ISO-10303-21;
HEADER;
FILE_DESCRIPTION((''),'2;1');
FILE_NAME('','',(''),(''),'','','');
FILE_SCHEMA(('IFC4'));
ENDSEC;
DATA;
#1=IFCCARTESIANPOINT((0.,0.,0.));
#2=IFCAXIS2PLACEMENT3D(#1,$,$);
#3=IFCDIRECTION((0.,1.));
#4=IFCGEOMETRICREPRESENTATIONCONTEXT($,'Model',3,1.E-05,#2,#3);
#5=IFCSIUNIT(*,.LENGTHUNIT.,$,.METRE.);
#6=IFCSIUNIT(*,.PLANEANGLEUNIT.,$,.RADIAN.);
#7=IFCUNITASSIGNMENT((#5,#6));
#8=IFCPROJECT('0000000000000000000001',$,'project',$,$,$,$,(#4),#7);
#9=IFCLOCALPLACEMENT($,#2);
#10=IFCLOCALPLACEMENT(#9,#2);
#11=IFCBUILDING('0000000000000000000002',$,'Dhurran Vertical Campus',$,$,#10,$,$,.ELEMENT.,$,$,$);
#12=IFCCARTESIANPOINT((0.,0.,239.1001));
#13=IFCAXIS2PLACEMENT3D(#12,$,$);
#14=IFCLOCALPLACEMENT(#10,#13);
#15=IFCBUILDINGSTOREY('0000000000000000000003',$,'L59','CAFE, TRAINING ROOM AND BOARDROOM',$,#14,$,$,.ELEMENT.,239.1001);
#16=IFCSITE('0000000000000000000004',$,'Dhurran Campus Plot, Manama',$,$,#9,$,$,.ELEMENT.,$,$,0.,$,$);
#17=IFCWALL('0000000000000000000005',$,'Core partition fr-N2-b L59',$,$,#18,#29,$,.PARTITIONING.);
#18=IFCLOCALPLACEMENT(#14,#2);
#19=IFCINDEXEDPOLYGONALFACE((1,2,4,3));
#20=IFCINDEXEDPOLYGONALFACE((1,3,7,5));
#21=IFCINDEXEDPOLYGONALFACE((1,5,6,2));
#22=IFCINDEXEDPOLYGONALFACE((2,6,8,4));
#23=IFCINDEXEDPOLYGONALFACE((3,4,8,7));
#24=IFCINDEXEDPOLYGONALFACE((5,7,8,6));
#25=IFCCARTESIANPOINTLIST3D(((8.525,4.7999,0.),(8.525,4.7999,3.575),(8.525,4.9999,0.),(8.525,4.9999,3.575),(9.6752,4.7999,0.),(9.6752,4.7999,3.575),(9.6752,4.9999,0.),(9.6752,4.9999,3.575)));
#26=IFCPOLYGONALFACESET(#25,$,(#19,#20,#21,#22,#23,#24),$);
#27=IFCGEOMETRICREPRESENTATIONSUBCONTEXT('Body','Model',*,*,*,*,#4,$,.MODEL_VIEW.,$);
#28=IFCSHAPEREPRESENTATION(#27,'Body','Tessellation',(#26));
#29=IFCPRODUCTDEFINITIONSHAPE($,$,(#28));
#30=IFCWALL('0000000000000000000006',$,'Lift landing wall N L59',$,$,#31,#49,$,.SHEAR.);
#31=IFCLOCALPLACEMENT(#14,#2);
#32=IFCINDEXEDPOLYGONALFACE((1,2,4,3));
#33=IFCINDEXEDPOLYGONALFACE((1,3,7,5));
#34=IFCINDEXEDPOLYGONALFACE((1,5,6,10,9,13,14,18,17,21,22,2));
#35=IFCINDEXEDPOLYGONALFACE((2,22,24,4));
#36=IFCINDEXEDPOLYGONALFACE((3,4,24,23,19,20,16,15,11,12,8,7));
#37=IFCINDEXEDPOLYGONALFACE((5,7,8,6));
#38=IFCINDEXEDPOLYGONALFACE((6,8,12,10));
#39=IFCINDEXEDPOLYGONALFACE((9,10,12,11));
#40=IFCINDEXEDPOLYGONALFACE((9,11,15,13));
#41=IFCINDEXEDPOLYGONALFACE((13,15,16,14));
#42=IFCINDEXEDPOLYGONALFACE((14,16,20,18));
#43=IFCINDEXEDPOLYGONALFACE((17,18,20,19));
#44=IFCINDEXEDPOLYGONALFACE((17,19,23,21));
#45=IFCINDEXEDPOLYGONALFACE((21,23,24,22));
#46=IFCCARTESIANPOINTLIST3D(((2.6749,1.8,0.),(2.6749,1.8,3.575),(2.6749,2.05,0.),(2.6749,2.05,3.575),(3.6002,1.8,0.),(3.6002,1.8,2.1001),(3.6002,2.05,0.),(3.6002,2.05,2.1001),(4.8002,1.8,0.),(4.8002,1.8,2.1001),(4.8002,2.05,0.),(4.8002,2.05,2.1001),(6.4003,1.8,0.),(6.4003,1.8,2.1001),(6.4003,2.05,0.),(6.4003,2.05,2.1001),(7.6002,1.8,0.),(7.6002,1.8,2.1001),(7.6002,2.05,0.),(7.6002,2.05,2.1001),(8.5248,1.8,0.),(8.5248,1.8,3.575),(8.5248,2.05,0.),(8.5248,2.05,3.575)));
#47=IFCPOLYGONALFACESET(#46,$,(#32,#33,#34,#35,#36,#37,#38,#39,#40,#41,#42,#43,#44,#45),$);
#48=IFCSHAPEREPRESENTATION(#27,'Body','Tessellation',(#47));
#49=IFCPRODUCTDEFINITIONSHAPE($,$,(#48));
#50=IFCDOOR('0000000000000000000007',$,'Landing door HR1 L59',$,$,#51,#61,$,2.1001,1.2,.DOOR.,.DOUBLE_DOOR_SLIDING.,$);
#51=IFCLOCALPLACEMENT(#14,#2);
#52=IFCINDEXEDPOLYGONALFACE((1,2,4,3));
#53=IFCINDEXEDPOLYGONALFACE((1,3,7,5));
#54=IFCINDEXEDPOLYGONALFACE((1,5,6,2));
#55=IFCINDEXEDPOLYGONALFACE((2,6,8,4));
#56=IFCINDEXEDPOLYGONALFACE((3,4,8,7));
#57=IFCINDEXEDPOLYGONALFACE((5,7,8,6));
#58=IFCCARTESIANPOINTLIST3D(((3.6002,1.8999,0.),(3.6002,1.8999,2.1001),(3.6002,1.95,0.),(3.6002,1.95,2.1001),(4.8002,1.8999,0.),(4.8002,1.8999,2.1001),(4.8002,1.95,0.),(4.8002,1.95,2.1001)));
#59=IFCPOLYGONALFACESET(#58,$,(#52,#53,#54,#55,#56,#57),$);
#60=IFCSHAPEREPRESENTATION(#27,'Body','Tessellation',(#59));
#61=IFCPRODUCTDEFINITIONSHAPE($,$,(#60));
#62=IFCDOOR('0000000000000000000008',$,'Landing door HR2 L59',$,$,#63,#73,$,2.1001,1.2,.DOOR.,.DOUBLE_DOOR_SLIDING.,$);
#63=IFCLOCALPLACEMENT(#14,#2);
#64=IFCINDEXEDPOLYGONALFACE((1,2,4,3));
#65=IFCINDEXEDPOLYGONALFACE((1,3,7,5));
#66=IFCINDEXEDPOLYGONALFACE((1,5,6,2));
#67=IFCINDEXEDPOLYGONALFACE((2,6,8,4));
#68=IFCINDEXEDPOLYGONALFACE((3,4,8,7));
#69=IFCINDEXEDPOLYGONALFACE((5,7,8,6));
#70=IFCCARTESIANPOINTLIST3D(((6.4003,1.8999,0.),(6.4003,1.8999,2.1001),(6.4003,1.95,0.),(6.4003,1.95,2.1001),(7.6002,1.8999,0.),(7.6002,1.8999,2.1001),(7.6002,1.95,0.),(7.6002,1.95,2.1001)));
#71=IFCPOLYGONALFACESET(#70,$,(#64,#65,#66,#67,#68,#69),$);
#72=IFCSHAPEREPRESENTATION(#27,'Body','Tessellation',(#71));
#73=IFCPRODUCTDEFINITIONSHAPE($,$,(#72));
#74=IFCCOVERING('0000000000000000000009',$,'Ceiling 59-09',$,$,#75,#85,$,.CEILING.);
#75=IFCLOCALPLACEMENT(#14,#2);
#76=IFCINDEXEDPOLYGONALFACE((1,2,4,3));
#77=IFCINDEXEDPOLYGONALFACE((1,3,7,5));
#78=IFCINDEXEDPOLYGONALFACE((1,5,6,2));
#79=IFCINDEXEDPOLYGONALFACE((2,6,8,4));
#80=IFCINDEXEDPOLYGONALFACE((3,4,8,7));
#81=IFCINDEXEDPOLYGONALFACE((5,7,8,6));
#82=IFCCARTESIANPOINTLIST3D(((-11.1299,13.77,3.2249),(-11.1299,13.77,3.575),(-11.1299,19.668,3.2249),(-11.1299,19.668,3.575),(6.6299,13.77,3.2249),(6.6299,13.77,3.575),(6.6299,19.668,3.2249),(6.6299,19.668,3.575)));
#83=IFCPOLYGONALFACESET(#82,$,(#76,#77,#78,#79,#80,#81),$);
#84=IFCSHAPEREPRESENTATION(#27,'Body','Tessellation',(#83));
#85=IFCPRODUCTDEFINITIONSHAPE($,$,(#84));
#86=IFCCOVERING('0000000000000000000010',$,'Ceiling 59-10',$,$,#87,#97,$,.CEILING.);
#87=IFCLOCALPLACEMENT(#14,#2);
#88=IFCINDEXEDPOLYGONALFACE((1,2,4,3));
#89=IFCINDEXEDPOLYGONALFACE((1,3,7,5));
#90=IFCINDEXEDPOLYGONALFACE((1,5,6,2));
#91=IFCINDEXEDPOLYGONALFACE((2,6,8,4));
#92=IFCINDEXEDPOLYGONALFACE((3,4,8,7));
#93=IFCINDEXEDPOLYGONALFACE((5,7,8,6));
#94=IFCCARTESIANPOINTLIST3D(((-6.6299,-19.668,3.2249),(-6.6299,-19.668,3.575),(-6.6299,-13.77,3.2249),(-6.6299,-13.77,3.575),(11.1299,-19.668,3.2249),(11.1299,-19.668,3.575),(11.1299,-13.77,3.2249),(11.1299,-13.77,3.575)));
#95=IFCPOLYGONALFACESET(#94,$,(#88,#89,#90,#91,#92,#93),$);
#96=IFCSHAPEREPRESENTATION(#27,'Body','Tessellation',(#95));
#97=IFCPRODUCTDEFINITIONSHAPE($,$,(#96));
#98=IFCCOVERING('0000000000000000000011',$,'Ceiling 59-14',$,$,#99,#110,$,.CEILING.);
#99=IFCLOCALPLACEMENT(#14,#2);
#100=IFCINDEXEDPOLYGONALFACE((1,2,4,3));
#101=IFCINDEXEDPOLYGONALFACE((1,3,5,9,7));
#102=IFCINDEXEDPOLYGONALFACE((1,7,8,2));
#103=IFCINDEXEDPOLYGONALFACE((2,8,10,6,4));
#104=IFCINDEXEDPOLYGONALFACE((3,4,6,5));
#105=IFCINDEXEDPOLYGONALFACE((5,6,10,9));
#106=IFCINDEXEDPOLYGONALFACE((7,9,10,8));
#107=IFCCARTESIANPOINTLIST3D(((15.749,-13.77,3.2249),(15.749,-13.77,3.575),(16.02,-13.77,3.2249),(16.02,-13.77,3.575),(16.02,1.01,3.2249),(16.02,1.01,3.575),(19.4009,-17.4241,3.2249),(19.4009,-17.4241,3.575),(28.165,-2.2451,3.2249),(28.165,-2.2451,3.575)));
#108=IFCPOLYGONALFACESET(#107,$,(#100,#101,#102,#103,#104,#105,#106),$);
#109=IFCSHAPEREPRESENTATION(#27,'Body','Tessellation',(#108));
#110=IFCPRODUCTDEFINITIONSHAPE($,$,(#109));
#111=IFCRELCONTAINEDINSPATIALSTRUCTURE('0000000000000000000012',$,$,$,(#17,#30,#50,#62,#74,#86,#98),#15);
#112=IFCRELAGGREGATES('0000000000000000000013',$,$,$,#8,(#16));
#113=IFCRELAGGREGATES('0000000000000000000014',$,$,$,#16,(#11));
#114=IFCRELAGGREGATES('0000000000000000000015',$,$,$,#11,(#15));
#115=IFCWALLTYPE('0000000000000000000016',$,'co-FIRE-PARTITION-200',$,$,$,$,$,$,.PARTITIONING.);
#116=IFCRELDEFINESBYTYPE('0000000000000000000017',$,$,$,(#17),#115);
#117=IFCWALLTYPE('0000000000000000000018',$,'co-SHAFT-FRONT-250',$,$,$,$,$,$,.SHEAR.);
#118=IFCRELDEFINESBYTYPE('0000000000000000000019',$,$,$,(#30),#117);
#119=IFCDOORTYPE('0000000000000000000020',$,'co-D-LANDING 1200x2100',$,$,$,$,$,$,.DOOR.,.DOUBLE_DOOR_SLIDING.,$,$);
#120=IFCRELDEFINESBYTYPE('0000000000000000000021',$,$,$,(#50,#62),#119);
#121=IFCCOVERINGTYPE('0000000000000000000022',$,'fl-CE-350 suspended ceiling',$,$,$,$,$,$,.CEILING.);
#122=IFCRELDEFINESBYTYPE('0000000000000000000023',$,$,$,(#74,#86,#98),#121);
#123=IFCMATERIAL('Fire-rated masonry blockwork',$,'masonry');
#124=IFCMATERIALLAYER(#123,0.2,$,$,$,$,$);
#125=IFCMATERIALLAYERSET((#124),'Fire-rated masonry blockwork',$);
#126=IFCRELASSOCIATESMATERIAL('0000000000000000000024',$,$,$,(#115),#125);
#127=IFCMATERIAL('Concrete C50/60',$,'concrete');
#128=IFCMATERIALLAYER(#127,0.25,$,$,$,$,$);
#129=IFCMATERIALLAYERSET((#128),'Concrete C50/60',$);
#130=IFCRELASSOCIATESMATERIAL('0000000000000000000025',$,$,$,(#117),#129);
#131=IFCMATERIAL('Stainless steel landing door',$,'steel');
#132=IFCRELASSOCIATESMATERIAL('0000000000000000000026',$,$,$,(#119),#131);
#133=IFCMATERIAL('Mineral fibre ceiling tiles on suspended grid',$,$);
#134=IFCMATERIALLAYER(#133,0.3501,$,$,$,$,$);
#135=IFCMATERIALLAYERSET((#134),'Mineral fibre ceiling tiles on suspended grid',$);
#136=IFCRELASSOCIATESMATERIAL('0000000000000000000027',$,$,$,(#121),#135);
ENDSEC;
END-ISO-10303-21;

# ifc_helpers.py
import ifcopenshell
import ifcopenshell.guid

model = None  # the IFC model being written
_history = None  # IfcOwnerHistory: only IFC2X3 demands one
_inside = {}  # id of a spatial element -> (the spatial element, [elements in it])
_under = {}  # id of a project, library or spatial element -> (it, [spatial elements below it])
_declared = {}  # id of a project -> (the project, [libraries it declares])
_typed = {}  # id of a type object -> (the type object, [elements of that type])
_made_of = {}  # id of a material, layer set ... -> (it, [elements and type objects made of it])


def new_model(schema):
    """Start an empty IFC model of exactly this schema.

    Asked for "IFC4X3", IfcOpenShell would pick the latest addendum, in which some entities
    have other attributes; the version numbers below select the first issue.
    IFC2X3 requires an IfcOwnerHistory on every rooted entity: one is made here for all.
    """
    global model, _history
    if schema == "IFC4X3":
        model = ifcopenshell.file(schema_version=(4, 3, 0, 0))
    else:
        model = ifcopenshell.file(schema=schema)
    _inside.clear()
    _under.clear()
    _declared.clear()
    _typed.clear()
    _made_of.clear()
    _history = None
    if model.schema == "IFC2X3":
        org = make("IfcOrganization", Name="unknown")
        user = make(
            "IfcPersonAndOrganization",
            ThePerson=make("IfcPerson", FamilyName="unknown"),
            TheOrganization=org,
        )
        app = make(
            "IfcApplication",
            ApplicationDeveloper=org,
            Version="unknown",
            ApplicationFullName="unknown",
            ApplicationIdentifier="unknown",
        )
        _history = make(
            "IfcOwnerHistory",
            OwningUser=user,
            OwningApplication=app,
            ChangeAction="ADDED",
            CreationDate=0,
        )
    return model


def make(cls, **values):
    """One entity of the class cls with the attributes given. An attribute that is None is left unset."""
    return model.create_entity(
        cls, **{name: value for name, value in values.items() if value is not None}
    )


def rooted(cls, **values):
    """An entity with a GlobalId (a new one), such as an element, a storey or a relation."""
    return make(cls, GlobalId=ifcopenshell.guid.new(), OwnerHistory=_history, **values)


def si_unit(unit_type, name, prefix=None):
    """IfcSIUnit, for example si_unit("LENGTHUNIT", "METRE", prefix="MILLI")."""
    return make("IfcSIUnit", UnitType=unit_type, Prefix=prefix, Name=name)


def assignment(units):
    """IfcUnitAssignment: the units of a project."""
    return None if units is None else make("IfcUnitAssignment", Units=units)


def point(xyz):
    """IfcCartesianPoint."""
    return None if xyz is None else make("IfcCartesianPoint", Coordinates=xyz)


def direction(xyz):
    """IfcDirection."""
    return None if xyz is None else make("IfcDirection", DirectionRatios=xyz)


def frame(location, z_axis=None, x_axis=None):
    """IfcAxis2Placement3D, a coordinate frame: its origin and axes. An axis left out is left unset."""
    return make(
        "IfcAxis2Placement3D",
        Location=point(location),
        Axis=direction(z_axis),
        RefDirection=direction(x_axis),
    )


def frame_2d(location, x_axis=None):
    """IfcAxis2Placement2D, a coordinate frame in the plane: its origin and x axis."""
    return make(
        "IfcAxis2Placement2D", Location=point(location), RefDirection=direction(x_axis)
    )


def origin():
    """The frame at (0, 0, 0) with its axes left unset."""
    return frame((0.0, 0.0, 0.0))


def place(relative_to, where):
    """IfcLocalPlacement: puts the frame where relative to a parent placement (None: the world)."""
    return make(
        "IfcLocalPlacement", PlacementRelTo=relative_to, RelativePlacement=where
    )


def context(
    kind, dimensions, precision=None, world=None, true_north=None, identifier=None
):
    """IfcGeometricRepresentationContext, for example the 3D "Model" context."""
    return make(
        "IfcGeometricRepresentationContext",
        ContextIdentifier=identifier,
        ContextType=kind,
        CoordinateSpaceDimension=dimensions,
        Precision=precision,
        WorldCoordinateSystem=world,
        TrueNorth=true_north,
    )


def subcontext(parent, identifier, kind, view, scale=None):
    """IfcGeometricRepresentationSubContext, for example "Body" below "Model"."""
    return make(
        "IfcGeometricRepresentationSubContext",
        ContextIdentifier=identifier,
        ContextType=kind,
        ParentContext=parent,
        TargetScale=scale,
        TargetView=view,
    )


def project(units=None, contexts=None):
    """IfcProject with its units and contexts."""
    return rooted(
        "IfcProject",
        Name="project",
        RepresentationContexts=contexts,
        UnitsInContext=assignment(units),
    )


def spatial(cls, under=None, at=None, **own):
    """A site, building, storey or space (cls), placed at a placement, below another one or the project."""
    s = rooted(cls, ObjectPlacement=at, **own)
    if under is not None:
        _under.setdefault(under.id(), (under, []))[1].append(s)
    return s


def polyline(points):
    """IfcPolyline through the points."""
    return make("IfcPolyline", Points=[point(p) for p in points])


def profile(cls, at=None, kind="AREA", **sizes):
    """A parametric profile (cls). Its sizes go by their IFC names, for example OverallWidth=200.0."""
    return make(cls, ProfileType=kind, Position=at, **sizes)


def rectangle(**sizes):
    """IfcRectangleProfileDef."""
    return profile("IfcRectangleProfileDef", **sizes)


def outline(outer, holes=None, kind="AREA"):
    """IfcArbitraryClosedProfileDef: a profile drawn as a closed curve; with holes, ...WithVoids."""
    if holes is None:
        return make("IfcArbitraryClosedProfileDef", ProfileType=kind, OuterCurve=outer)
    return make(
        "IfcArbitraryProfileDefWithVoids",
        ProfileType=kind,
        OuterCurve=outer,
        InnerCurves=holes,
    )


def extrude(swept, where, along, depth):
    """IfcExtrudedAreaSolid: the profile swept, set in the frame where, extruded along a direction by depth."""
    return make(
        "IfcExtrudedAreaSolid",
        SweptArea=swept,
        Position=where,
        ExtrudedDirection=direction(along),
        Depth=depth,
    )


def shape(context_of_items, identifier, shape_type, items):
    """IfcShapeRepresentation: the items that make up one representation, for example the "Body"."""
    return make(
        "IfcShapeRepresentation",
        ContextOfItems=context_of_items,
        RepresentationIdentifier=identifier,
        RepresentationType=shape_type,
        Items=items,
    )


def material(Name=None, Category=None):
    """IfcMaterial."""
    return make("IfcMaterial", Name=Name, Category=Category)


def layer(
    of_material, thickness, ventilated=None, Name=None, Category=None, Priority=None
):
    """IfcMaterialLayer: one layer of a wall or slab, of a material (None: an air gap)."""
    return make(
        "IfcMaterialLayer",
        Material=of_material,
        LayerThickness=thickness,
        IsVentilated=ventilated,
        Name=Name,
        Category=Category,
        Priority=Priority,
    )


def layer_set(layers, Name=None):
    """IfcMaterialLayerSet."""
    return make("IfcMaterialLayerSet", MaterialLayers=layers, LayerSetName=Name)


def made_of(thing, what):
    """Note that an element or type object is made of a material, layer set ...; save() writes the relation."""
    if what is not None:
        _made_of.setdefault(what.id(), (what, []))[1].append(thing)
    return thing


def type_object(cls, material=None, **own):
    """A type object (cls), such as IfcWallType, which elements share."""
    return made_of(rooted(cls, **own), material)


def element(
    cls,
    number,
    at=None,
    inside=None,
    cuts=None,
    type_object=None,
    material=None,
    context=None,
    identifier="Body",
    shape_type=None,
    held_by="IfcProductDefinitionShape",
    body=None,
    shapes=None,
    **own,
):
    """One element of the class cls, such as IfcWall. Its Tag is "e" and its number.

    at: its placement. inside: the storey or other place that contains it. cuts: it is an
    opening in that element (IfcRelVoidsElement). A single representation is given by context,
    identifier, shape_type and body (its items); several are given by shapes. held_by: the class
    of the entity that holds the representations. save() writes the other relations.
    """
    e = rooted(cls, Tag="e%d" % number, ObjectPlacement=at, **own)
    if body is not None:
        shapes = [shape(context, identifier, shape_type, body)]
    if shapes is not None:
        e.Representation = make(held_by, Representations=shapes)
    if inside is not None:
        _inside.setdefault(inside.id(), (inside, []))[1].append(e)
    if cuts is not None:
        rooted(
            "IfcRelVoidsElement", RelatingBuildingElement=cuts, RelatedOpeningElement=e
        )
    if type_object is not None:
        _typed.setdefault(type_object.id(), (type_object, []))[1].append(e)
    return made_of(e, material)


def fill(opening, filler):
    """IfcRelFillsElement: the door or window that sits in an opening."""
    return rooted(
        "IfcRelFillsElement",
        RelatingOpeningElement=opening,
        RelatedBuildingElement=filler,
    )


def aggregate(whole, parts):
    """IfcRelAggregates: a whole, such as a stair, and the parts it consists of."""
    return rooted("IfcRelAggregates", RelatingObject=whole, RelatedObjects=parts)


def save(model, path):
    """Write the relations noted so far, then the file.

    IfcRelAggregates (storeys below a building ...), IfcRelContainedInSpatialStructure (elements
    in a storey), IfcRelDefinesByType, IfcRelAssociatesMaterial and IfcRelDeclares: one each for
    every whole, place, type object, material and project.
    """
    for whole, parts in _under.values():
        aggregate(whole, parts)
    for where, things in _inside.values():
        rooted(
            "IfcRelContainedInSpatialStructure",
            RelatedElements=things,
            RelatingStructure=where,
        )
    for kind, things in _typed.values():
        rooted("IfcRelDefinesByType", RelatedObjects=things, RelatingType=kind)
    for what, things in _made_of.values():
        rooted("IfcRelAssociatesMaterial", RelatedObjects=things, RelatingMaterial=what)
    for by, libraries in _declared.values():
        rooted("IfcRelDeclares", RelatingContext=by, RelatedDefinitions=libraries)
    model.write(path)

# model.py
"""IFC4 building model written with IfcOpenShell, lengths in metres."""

from ifc_helpers import new_model, si_unit, direction, frame, frame_2d, origin, place, context, subcontext, project, spatial, polyline, rectangle, outline, extrude, material, layer, layer_set, type_object, element, fill, save


model = new_model("IFC4")

# Units and contexts
model_context = context("Model", 3, precision=1e-05, world=origin(), true_north=direction((0.0, 1.0)))
body_context = subcontext(model_context, "Body", "Model", "MODEL_VIEW")
ifc_project = project(units=[si_unit("LENGTHUNIT", "METRE"), si_unit("PLANEANGLEUNIT", "RADIAN")], contexts=[model_context])

# Site, building, storey
site_placement = place(None, origin())
site = spatial("IfcSite", under=ifc_project, at=site_placement, Name="Dhurran Campus Plot, Manama", CompositionType="ELEMENT", RefElevation=0.0)
building_placement = place(site_placement, origin())
building = spatial("IfcBuilding", under=site, at=building_placement, Name="Dhurran Vertical Campus", CompositionType="ELEMENT")
storey_placement = place(building_placement, frame((0.0, 0.0, 239.1001)))
storey = spatial("IfcBuildingStorey", under=building, at=storey_placement, Name="L59", Description="CAFE, TRAINING ROOM AND BOARDROOM", CompositionType="ELEMENT", Elevation=239.1001)

# Shared definitions
ifc_material_1 = material(Name="Fire-rated masonry blockwork", Category="masonry")
ifc_layer_1 = layer(ifc_material_1, 0.2)
ifc_layer_set_1 = layer_set([ifc_layer_1], Name="Fire-rated masonry blockwork")
wall_type_1 = type_object("IfcWallType", Name="co-FIRE-PARTITION-200", PredefinedType="PARTITIONING", material=ifc_layer_set_1)

# Wall
wall_1_placement = place(storey_placement, frame((8.5249, 4.8999, 0.0), z_axis=(0.0, 0.0, 1.0), x_axis=(1.0, 0.0, 0.0)))
element("IfcWall", 1, at=wall_1_placement, inside=storey, type_object=wall_type_1, Name="Core partition fr-N2-b L59", PredefinedType="PARTITIONING", context=body_context, shape_type="SweptSolid", body=[
    extrude(rectangle(XDim=1.1501, YDim=0.2, at=frame_2d((0.5752, 0.0))), origin(), (0.0, 0.0, 1.0), 3.575),
])

# Wall, openings, doors
ifc_material_2 = material(Name="Concrete C50/60", Category="concrete")
ifc_layer_2 = layer(ifc_material_2, 0.25)
ifc_layer_set_2 = layer_set([ifc_layer_2], Name="Concrete C50/60")
wall_type_2 = type_object("IfcWallType", Name="co-SHAFT-FRONT-250", PredefinedType="SHEAR", material=ifc_layer_set_2)
wall_2_placement = place(storey_placement, frame((2.675, 1.925, 0.0), z_axis=(0.0, 0.0, 1.0), x_axis=(1.0, 0.0, 0.0)))
wall_2 = element("IfcWall", 2, at=wall_2_placement, inside=storey, type_object=wall_type_2, Name="Lift landing wall N L59", PredefinedType="SHEAR", context=body_context, shape_type="SweptSolid", body=[
    extrude(rectangle(XDim=5.8499, YDim=0.25, at=frame_2d((2.9248, 0.0))), origin(), (0.0, 0.0, 1.0), 3.575),
])
opening_1_placement = place(wall_2_placement, frame((0.925, 0.0, 0.0)))
opening_1 = element("IfcOpeningElement", 3, at=opening_1_placement, cuts=wall_2, PredefinedType="OPENING", context=body_context, shape_type="SweptSolid", body=[
    extrude(rectangle(XDim=1.2, YDim=2.1001, at=frame_2d((0.6001, 1.05))), frame((0.0, 0.135, 0.0), z_axis=(0.0, -1.0, 0.0), x_axis=(1.0, 0.0, 0.0)), (0.0, 0.0, 1.0), 0.27),
])
opening_2_placement = place(wall_2_placement, frame((3.7251, 0.0, 0.0)))
opening_2 = element("IfcOpeningElement", 4, at=opening_2_placement, cuts=wall_2, PredefinedType="OPENING", context=body_context, shape_type="SweptSolid", body=[
    extrude(rectangle(XDim=1.2, YDim=2.1001, at=frame_2d((0.6001, 1.05))), frame((0.0, 0.135, 0.0), z_axis=(0.0, -1.0, 0.0), x_axis=(1.0, 0.0, 0.0)), (0.0, 0.0, 1.0), 0.27),
])
ifc_material_3 = material(Name="Stainless steel landing door", Category="steel")
door_type_1 = type_object("IfcDoorType", Name="co-D-LANDING 1200x2100", OperationType="DOUBLE_DOOR_SLIDING", PredefinedType="DOOR", material=ifc_material_3)
door_1_placement = place(opening_1_placement, origin())
door_1 = element("IfcDoor", 5, at=door_1_placement, inside=storey, type_object=door_type_1, Name="Landing door HR1 L59", OperationType="DOUBLE_DOOR_SLIDING", OverallHeight=2.1001, OverallWidth=1.2, PredefinedType="DOOR", context=body_context, shape_type="SweptSolid", body=[
    extrude(rectangle(XDim=1.2, YDim=2.1001, at=frame_2d((0.6001, 1.05))), frame((0.0, 0.0249, 0.0), z_axis=(0.0, -1.0, 0.0), x_axis=(1.0, 0.0, 0.0)), (0.0, 0.0, 1.0), 0.05),
])
fill(opening_1, door_1)
door_2_placement = place(opening_2_placement, origin())
door_2 = element("IfcDoor", 6, at=door_2_placement, inside=storey, type_object=door_type_1, Name="Landing door HR2 L59", OperationType="DOUBLE_DOOR_SLIDING", OverallHeight=2.1001, OverallWidth=1.2, PredefinedType="DOOR", context=body_context, shape_type="SweptSolid", body=[
    extrude(rectangle(XDim=1.2, YDim=2.1001, at=frame_2d((0.6001, 1.05))), frame((0.0, 0.0249, 0.0), z_axis=(0.0, -1.0, 0.0), x_axis=(1.0, 0.0, 0.0)), (0.0, 0.0, 1.0), 0.05),
])
fill(opening_2, door_2)

# Coverings
ifc_material_4 = material(Name="Mineral fibre ceiling tiles on suspended grid")
ifc_layer_3 = layer(ifc_material_4, 0.3501)
ifc_layer_set_3 = layer_set([ifc_layer_3], Name="Mineral fibre ceiling tiles on suspended grid")
covering_type = type_object("IfcCoveringType", Name="fl-CE-350 suspended ceiling", PredefinedType="CEILING", material=ifc_layer_set_3)
covering_1_placement = place(storey_placement, frame((0.0, 0.0, 3.2249)))
element("IfcCovering", 7, at=covering_1_placement, inside=storey, type_object=covering_type, Name="Ceiling 59-09", PredefinedType="CEILING", context=body_context, shape_type="SweptSolid", body=[
    extrude(outline(polyline([(-11.1299, 19.668), (6.6299, 19.668), (6.6299, 13.77), (-11.1299, 13.77), (-11.1299, 19.668)])), origin(), (0.0, 0.0, 1.0), 0.3501),
])
covering_2_placement = place(storey_placement, frame((0.0, 0.0, 3.2249)))
element("IfcCovering", 8, at=covering_2_placement, inside=storey, type_object=covering_type, Name="Ceiling 59-10", PredefinedType="CEILING", context=body_context, shape_type="SweptSolid", body=[
    extrude(outline(polyline([(11.1299, -19.668), (-6.6299, -19.668), (-6.6299, -13.77), (11.1299, -13.77), (11.1299, -19.668)])), origin(), (0.0, 0.0, 1.0), 0.3501),
])
covering_3_placement = place(storey_placement, frame((0.0, 0.0, 3.2249)))
element("IfcCovering", 9, at=covering_3_placement, inside=storey, type_object=covering_type, Name="Ceiling 59-14", PredefinedType="CEILING", context=body_context, shape_type="SweptSolid", body=[
    extrude(outline(polyline([(28.165, -2.2451), (19.4009, -17.4241), (15.749, -13.77), (16.02, -13.77), (16.02, 1.01), (28.165, -2.2451)])), origin(), (0.0, 0.0, 1.0), 0.3501),
])

save(model, "model.ifc")
